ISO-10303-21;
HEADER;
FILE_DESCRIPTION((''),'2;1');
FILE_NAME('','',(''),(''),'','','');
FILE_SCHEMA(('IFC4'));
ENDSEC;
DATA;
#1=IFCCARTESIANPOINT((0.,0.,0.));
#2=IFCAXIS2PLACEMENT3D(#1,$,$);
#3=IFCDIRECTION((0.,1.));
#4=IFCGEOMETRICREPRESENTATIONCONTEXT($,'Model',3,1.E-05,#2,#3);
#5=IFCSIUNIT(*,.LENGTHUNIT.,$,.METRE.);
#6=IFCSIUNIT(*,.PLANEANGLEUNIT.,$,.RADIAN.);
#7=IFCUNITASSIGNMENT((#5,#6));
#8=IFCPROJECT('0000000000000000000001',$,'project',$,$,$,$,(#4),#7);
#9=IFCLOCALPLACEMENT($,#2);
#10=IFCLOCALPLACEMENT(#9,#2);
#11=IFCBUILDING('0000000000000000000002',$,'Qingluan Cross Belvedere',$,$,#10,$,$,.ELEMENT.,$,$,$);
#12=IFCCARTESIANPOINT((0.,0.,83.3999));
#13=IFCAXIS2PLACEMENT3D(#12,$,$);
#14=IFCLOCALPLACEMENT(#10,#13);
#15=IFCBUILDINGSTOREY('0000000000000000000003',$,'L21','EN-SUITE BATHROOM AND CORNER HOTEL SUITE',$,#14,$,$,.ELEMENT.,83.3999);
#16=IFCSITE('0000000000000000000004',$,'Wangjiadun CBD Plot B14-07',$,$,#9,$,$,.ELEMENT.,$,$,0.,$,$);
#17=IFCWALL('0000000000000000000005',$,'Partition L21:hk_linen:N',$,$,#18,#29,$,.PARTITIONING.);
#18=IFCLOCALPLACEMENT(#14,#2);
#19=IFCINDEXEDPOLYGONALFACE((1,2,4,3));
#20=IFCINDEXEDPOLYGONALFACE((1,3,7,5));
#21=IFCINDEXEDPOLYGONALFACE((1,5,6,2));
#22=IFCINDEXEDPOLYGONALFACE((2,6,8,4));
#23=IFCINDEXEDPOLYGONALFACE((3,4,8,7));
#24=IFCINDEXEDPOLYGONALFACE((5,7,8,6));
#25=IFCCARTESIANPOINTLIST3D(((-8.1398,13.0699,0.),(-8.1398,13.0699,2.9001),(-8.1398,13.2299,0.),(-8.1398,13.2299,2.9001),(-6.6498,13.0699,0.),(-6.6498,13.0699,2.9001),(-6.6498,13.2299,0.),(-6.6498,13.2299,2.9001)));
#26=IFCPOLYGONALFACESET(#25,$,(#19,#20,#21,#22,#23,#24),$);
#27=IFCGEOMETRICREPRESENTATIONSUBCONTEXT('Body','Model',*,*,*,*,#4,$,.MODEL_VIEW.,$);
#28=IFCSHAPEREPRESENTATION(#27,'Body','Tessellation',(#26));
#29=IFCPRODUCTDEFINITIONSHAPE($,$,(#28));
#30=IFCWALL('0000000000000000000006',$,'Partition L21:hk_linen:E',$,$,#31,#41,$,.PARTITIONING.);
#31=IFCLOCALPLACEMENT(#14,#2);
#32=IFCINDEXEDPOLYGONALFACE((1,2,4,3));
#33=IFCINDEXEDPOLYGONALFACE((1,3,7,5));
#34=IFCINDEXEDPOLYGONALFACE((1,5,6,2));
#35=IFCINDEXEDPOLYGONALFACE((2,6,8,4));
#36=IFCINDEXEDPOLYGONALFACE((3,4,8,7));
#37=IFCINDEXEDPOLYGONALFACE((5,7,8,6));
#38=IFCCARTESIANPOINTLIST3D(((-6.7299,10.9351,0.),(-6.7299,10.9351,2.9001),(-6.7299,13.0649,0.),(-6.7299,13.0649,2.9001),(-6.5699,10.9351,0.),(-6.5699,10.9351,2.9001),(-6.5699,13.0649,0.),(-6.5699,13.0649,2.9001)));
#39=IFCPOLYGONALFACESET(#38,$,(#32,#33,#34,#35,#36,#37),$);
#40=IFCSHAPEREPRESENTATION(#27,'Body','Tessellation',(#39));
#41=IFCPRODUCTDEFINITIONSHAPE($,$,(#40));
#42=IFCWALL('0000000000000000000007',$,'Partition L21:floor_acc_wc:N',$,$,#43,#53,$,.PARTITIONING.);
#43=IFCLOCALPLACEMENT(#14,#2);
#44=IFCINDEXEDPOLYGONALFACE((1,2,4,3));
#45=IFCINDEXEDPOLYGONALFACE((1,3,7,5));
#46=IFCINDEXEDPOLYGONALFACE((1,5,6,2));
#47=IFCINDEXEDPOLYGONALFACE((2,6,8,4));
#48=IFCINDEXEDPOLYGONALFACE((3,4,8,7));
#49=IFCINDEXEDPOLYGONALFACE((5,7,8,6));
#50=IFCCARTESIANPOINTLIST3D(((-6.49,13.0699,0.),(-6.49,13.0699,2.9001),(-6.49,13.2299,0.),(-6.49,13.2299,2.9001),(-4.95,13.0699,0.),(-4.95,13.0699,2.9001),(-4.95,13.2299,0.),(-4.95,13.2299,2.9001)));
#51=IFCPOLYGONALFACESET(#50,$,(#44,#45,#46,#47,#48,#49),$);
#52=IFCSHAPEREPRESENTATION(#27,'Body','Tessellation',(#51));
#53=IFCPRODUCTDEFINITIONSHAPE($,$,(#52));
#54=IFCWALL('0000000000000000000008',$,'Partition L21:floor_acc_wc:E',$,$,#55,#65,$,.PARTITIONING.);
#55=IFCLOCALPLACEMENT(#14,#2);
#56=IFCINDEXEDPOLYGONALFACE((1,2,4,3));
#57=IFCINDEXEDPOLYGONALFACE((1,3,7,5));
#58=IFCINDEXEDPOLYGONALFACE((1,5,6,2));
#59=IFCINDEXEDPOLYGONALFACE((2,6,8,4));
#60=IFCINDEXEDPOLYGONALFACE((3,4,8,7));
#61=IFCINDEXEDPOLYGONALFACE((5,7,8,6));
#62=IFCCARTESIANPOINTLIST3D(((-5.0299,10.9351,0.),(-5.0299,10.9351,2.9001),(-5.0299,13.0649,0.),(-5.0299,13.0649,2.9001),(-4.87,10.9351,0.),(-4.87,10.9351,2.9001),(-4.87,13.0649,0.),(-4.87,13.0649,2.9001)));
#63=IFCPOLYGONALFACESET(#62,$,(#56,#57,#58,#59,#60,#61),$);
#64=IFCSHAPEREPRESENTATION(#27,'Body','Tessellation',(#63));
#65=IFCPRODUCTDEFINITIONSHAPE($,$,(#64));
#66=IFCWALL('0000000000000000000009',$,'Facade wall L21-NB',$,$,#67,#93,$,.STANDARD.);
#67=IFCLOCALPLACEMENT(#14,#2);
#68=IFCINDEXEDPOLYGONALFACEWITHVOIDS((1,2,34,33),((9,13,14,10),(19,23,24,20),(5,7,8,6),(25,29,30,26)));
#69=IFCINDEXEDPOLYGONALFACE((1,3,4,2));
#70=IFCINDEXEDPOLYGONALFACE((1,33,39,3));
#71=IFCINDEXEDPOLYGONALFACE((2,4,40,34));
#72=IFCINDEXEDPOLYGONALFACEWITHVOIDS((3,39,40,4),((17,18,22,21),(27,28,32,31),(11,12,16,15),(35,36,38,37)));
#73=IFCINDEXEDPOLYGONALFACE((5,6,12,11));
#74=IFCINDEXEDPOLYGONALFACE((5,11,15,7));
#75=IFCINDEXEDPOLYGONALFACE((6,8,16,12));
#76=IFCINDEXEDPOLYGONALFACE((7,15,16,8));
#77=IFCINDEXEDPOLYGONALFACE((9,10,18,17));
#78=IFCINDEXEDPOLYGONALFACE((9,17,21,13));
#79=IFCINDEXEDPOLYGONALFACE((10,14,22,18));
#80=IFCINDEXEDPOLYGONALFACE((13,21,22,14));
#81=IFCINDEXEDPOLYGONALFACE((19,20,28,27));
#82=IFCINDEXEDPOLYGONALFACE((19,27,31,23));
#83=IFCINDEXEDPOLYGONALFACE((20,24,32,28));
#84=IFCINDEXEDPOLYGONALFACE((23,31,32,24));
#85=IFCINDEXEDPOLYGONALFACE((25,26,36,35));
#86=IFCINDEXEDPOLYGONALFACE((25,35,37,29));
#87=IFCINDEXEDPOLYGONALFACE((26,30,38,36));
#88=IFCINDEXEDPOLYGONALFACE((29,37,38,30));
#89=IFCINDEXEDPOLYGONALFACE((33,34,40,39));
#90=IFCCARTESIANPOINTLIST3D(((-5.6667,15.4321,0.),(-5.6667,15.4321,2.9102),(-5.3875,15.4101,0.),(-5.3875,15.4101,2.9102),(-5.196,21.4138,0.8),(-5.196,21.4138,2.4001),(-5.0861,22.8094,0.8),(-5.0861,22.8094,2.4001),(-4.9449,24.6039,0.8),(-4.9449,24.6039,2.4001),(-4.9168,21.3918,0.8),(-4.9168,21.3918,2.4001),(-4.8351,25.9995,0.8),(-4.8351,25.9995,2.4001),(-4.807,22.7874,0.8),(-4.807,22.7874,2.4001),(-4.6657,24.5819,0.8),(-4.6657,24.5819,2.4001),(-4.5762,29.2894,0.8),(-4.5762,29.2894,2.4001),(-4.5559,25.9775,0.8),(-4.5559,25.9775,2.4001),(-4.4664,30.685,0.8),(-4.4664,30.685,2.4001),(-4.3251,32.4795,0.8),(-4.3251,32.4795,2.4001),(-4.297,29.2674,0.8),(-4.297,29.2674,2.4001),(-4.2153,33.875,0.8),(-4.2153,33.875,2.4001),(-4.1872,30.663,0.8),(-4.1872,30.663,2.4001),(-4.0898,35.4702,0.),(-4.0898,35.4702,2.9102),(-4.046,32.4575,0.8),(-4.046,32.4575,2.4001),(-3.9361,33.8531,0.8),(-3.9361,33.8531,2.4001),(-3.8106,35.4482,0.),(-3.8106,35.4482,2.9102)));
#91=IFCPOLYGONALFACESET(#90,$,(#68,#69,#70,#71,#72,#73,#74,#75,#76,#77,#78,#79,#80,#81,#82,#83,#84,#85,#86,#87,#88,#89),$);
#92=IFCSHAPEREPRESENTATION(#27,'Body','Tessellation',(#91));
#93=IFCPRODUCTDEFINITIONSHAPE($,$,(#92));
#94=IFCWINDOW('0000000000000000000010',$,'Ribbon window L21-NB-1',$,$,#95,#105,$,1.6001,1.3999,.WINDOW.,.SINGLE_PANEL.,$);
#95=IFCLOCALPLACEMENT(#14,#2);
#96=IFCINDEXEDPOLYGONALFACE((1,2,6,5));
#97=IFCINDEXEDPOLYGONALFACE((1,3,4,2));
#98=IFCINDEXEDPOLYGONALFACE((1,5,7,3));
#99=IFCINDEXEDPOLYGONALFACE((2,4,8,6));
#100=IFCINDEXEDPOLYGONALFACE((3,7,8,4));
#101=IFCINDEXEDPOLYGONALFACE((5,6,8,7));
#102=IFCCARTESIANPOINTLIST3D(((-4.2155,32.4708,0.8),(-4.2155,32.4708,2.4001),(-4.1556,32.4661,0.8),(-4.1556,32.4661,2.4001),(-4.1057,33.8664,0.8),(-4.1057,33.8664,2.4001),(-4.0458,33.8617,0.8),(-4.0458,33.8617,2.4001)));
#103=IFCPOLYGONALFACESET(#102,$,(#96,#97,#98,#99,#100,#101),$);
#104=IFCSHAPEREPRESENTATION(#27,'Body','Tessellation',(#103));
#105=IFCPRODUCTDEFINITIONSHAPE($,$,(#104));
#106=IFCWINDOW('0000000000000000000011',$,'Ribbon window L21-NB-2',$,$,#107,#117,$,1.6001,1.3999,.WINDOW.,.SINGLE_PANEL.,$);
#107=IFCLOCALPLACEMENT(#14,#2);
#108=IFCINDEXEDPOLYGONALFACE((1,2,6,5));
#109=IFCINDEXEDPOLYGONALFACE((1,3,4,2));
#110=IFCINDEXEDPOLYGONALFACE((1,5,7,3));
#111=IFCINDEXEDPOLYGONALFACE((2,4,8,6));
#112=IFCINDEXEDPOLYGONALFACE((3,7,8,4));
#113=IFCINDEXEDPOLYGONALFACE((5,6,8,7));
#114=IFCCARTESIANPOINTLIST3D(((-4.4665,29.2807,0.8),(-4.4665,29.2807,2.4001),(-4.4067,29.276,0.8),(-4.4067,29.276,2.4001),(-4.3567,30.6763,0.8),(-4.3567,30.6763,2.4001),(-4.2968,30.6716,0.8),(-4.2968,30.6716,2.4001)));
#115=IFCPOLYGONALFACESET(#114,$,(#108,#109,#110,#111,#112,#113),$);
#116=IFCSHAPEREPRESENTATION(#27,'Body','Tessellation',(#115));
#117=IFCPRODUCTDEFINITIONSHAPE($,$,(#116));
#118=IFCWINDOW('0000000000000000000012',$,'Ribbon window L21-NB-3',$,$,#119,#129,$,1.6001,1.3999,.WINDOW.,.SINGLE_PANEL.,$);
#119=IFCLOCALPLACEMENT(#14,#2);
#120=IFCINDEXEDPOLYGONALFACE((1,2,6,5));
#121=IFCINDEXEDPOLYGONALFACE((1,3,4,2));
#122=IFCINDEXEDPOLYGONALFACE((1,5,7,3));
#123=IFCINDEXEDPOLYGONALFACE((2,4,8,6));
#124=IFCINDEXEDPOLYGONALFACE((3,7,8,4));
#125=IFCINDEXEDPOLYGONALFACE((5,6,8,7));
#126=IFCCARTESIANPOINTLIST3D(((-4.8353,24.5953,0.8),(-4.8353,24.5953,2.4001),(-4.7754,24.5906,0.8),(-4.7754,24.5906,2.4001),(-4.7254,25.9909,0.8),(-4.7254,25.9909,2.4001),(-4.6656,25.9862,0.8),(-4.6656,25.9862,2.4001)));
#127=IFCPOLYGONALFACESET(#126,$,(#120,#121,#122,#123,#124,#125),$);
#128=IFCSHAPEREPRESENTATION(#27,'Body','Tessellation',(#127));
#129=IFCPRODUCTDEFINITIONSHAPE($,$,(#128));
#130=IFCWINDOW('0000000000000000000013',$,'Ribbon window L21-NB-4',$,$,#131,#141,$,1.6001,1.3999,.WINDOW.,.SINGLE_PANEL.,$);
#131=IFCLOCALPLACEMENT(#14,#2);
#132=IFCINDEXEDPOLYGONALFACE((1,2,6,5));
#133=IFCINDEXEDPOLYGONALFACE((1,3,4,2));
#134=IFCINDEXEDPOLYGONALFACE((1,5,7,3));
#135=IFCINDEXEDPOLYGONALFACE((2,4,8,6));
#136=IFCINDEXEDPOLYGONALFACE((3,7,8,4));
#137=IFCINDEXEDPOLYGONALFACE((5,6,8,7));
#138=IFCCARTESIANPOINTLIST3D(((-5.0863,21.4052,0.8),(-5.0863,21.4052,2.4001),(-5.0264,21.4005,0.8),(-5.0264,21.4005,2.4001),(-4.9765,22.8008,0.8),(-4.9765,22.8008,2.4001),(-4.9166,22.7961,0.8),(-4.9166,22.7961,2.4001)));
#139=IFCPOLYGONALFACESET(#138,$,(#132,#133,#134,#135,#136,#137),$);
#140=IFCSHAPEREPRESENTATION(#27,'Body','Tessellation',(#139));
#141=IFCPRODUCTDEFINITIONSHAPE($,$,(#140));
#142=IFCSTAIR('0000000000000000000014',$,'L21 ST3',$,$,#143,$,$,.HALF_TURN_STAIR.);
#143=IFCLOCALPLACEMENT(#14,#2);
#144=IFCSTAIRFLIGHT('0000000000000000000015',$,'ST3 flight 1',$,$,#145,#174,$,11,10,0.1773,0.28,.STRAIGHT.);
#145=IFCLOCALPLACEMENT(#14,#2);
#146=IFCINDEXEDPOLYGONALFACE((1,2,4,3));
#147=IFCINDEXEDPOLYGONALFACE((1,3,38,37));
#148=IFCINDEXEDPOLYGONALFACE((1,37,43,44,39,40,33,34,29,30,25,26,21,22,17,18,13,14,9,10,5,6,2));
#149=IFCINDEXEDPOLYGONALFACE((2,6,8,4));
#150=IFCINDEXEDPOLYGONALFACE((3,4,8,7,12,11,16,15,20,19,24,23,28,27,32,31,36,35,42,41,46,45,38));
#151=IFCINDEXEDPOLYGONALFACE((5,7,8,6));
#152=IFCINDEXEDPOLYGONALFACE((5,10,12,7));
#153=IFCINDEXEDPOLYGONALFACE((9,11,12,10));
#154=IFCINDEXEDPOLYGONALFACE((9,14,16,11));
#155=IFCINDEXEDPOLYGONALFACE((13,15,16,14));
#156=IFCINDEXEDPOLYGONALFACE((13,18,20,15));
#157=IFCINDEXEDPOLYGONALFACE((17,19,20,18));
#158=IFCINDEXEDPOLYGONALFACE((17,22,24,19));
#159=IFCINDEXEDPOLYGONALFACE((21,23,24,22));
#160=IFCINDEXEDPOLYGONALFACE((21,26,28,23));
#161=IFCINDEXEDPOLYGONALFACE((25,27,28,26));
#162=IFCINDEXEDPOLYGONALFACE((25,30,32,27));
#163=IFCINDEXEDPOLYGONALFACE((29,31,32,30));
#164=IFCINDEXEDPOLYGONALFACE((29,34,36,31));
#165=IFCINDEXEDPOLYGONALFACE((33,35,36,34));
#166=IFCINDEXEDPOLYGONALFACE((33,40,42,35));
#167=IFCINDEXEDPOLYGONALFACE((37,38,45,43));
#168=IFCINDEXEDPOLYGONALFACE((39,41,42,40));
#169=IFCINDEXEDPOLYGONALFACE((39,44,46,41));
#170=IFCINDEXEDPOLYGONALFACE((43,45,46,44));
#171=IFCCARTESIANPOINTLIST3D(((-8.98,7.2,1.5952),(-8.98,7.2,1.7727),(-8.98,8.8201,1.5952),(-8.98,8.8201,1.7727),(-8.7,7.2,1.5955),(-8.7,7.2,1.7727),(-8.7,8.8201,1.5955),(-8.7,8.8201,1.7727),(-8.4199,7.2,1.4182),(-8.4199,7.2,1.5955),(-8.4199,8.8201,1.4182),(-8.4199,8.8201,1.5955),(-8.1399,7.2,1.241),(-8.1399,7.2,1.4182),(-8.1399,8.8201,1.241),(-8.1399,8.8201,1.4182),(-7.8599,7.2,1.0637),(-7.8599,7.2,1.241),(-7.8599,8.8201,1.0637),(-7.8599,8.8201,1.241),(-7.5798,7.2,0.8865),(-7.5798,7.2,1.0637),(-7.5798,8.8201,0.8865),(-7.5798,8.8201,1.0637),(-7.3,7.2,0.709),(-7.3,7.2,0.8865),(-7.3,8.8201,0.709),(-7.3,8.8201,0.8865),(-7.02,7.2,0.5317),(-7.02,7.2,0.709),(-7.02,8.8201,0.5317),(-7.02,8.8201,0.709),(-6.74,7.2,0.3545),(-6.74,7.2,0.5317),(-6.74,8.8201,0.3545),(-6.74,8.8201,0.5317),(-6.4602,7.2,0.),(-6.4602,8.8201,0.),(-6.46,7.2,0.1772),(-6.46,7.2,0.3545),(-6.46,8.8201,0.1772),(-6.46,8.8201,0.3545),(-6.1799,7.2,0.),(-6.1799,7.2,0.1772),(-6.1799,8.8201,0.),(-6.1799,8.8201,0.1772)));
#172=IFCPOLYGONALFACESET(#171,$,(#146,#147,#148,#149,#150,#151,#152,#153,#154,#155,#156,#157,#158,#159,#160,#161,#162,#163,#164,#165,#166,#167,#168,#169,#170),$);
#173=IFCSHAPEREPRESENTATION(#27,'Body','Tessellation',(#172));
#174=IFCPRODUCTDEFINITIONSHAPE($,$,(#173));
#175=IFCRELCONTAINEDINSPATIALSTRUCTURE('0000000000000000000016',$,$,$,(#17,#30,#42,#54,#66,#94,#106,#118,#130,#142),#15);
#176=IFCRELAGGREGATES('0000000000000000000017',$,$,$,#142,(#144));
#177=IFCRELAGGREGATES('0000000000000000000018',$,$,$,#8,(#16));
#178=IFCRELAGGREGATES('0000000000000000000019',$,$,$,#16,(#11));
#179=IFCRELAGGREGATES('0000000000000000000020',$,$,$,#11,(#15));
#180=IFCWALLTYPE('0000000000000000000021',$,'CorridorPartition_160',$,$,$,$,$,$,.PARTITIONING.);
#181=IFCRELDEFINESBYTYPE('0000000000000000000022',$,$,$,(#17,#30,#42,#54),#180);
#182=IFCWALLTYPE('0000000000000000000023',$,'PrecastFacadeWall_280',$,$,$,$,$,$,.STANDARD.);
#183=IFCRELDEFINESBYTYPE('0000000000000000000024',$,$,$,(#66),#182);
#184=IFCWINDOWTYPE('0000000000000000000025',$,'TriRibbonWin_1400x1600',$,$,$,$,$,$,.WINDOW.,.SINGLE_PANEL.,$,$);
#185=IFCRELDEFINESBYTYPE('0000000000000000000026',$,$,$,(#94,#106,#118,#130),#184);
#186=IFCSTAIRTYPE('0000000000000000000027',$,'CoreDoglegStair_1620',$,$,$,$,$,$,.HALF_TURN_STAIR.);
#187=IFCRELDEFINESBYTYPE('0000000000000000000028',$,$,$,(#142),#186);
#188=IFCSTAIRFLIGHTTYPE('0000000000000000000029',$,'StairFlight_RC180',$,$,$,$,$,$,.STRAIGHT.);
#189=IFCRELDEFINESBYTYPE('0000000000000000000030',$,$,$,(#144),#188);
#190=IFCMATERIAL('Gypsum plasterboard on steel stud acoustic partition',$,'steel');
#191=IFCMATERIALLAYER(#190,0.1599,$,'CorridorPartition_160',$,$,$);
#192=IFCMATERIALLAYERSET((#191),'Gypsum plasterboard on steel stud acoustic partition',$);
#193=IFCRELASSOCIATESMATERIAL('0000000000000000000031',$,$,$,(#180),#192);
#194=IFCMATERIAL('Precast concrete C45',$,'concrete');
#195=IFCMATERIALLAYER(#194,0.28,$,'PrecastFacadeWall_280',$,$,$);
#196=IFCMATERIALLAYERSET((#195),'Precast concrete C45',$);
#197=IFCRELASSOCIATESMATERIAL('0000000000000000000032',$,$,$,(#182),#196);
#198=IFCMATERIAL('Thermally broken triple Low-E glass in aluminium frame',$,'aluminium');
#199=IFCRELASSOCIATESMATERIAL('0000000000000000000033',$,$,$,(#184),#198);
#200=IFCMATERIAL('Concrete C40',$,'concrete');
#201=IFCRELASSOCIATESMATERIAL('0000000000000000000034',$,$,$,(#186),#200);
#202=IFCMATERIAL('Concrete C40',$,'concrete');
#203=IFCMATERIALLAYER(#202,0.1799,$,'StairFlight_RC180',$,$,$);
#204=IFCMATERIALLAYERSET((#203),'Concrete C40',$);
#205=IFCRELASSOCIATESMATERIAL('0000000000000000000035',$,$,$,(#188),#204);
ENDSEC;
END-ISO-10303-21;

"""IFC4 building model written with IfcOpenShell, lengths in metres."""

from ifc_helpers import new_model, si_unit, direction, frame, frame_2d, origin, place, context, subcontext, project, spatial, polyline, rectangle, outline, extrude, material, layer, layer_set, type_object, element, fill, aggregate, save


model = new_model("IFC4")

# Units and contexts
model_context = context("Model", 3, precision=1e-05, world=origin(), true_north=direction((0.0, 1.0)))
body_context = subcontext(model_context, "Body", "Model", "MODEL_VIEW")
ifc_project = project(units=[si_unit("LENGTHUNIT", "METRE"), si_unit("PLANEANGLEUNIT", "RADIAN")], contexts=[model_context])

# Site, building, storey
site_placement = place(None, origin())
site = spatial("IfcSite", under=ifc_project, at=site_placement, Name="Wangjiadun CBD Plot B14-07", CompositionType="ELEMENT", RefElevation=0.0)
building_placement = place(site_placement, origin())
building = spatial("IfcBuilding", under=site, at=building_placement, Name="Qingluan Cross Belvedere", CompositionType="ELEMENT")
storey_placement = place(building_placement, frame((0.0, 0.0, 83.3999)))
storey = spatial("IfcBuildingStorey", under=building, at=storey_placement, Name="L21", Description="EN-SUITE BATHROOM AND CORNER HOTEL SUITE", CompositionType="ELEMENT", Elevation=83.3999)

# Shared definitions
ifc_material_1 = material(Name="Gypsum plasterboard on steel stud acoustic partition", Category="steel")
ifc_layer_1 = layer(ifc_material_1, 0.1599, Name="CorridorPartition_160")
ifc_layer_set_1 = layer_set([ifc_layer_1], Name="Gypsum plasterboard on steel stud acoustic partition")
wall_type_1 = type_object("IfcWallType", Name="CorridorPartition_160", PredefinedType="PARTITIONING", material=ifc_layer_set_1)

# Walls
wall_1_placement = place(storey_placement, frame((-8.1399, 13.1499, 0.0), z_axis=(0.0, 0.0, 1.0), x_axis=(1.0, 0.0, 0.0)))
element("IfcWall", 1, at=wall_1_placement, inside=storey, type_object=wall_type_1, Name="Partition L21:hk_linen:N", PredefinedType="PARTITIONING", context=body_context, shape_type="SweptSolid", body=[
    extrude(rectangle(XDim=1.49, YDim=0.1599, at=frame_2d((0.7451, 0.0))), origin(), (0.0, 0.0, 1.0), 2.9001),
])
wall_2_placement = place(storey_placement, frame((-6.6499, 10.9351, 0.0), z_axis=(0.0, 0.0, 1.0), x_axis=(0.0, 1.0, 0.0)))
element("IfcWall", 2, at=wall_2_placement, inside=storey, type_object=wall_type_1, Name="Partition L21:hk_linen:E", PredefinedType="PARTITIONING", context=body_context, shape_type="SweptSolid", body=[
    extrude(rectangle(XDim=2.1299, YDim=0.1599, at=frame_2d((1.0649, 0.0))), origin(), (0.0, 0.0, 1.0), 2.9001),
])

# Walls
wall_3_placement = place(storey_placement, frame((-6.49, 13.1499, 0.0), z_axis=(0.0, 0.0, 1.0), x_axis=(1.0, 0.0, 0.0)))
element("IfcWall", 3, at=wall_3_placement, inside=storey, type_object=wall_type_1, Name="Partition L21:floor_acc_wc:N", PredefinedType="PARTITIONING", context=body_context, shape_type="SweptSolid", body=[
    extrude(rectangle(XDim=1.54, YDim=0.1599, at=frame_2d((0.77, 0.0))), origin(), (0.0, 0.0, 1.0), 2.9001),
])
wall_4_placement = place(storey_placement, frame((-4.95, 10.9351, 0.0), z_axis=(0.0, 0.0, 1.0), x_axis=(0.0, 1.0, 0.0)))
element("IfcWall", 4, at=wall_4_placement, inside=storey, type_object=wall_type_1, Name="Partition L21:floor_acc_wc:E", PredefinedType="PARTITIONING", context=body_context, shape_type="SweptSolid", body=[
    extrude(rectangle(XDim=2.1299, YDim=0.1599, at=frame_2d((1.0649, 0.0))), origin(), (0.0, 0.0, 1.0), 2.9001),
])

# Wall, openings, windows
ifc_material_2 = material(Name="Precast concrete C45", Category="concrete")
ifc_layer_2 = layer(ifc_material_2, 0.28, Name="PrecastFacadeWall_280")
ifc_layer_set_2 = layer_set([ifc_layer_2], Name="Precast concrete C45")
wall_type_2 = type_object("IfcWallType", Name="PrecastFacadeWall_280", PredefinedType="STANDARD", material=ifc_layer_set_2)
wall_5_placement = place(storey_placement, frame((-3.9502, 35.4592, 0.0), z_axis=(0.0, 0.0, 1.0), x_axis=(-0.078453, -0.996918, 0.0)))
wall_5 = element("IfcWall", 5, at=wall_5_placement, inside=storey, type_object=wall_type_2, Name="Facade wall L21-NB", PredefinedType="STANDARD", context=body_context, shape_type="SweptSolid", body=[
    extrude(rectangle(XDim=20.1001, YDim=0.28, at=frame_2d((10.05, 0.0))), origin(), (0.0, 0.0, 1.0), 2.9102),
])
opening_1_placement = place(wall_5_placement, frame((1.6001, 0.0, 0.8)))
opening_1 = element("IfcOpeningElement", 6, at=opening_1_placement, cuts=wall_5, PredefinedType="OPENING", context=body_context, shape_type="SweptSolid", body=[
    extrude(rectangle(XDim=1.3999, YDim=1.6001, at=frame_2d((0.7, 0.8))), frame((0.0, 0.1499, 0.0), z_axis=(0.0, -1.0, 0.0), x_axis=(1.0, 0.0, 0.0)), (0.0, 0.0, 1.0), 0.3),
])
opening_2_placement = place(wall_5_placement, frame((4.8, 0.0, 0.8)))
opening_2 = element("IfcOpeningElement", 7, at=opening_2_placement, cuts=wall_5, PredefinedType="OPENING", context=body_context, shape_type="SweptSolid", body=[
    extrude(rectangle(XDim=1.3999, YDim=1.6001, at=frame_2d((0.7, 0.8))), frame((0.0, 0.1499, 0.0), z_axis=(0.0, -1.0, 0.0), x_axis=(1.0, 0.0, 0.0)), (0.0, 0.0, 1.0), 0.3),
])
opening_3_placement = place(wall_5_placement, frame((9.5, 0.0, 0.8)))
opening_3 = element("IfcOpeningElement", 8, at=opening_3_placement, cuts=wall_5, PredefinedType="OPENING", context=body_context, shape_type="SweptSolid", body=[
    extrude(rectangle(XDim=1.3999, YDim=1.6001, at=frame_2d((0.7, 0.8))), frame((0.0, 0.1499, 0.0), z_axis=(0.0, -1.0, 0.0), x_axis=(1.0, 0.0, 0.0)), (0.0, 0.0, 1.0), 0.3),
])
opening_4_placement = place(wall_5_placement, frame((12.7, 0.0, 0.8)))
opening_4 = element("IfcOpeningElement", 9, at=opening_4_placement, cuts=wall_5, PredefinedType="OPENING", context=body_context, shape_type="SweptSolid", body=[
    extrude(rectangle(XDim=1.3999, YDim=1.6001, at=frame_2d((0.7, 0.8))), frame((0.0, 0.1499, 0.0), z_axis=(0.0, -1.0, 0.0), x_axis=(1.0, 0.0, 0.0)), (0.0, 0.0, 1.0), 0.3),
])
ifc_material_3 = material(Name="Thermally broken triple Low-E glass in aluminium frame", Category="aluminium")
window_type = type_object("IfcWindowType", Name="TriRibbonWin_1400x1600", PartitioningType="SINGLE_PANEL", PredefinedType="WINDOW", material=ifc_material_3)
window_1_placement = place(opening_1_placement, origin())
window_1 = element("IfcWindow", 10, at=window_1_placement, inside=storey, type_object=window_type, Name="Ribbon window L21-NB-1", OverallHeight=1.6001, OverallWidth=1.3999, PartitioningType="SINGLE_PANEL", PredefinedType="WINDOW", context=body_context, shape_type="SweptSolid", body=[
    extrude(rectangle(XDim=1.3999, YDim=1.6001, at=frame_2d((0.7, 0.8))), frame((0.0, 0.03, 0.0), z_axis=(0.0, -1.0, 0.0), x_axis=(1.0, 0.0, 0.0)), (0.0, 0.0, 1.0), 0.0601),
])
fill(opening_1, window_1)
window_2_placement = place(opening_2_placement, origin())
window_2 = element("IfcWindow", 11, at=window_2_placement, inside=storey, type_object=window_type, Name="Ribbon window L21-NB-2", OverallHeight=1.6001, OverallWidth=1.3999, PartitioningType="SINGLE_PANEL", PredefinedType="WINDOW", context=body_context, shape_type="SweptSolid", body=[
    extrude(rectangle(XDim=1.3999, YDim=1.6001, at=frame_2d((0.7, 0.8))), frame((0.0, 0.03, 0.0), z_axis=(0.0, -1.0, 0.0), x_axis=(1.0, 0.0, 0.0)), (0.0, 0.0, 1.0), 0.0601),
])
fill(opening_2, window_2)
window_3_placement = place(opening_3_placement, origin())
window_3 = element("IfcWindow", 12, at=window_3_placement, inside=storey, type_object=window_type, Name="Ribbon window L21-NB-3", OverallHeight=1.6001, OverallWidth=1.3999, PartitioningType="SINGLE_PANEL", PredefinedType="WINDOW", context=body_context, shape_type="SweptSolid", body=[
    extrude(rectangle(XDim=1.3999, YDim=1.6001, at=frame_2d((0.7, 0.8))), frame((0.0, 0.03, 0.0), z_axis=(0.0, -1.0, 0.0), x_axis=(1.0, 0.0, 0.0)), (0.0, 0.0, 1.0), 0.0601),
])
fill(opening_3, window_3)
window_4_placement = place(opening_4_placement, origin())
window_4 = element("IfcWindow", 13, at=window_4_placement, inside=storey, type_object=window_type, Name="Ribbon window L21-NB-4", OverallHeight=1.6001, OverallWidth=1.3999, PartitioningType="SINGLE_PANEL", PredefinedType="WINDOW", context=body_context, shape_type="SweptSolid", body=[
    extrude(rectangle(XDim=1.3999, YDim=1.6001, at=frame_2d((0.7, 0.8))), frame((0.0, 0.03, 0.0), z_axis=(0.0, -1.0, 0.0), x_axis=(1.0, 0.0, 0.0)), (0.0, 0.0, 1.0), 0.0601),
])
fill(opening_4, window_4)

# Stair, stair flight
ifc_material_4 = material(Name="Concrete C40", Category="concrete")
stair_type = type_object("IfcStairType", Name="CoreDoglegStair_1620", PredefinedType="HALF_TURN_STAIR", material=ifc_material_4)
stair_placement = place(storey_placement, origin())
stair = element("IfcStair", 14, at=stair_placement, inside=storey, type_object=stair_type, Name="L21 ST3", PredefinedType="HALF_TURN_STAIR")
ifc_material_5 = material(Name="Concrete C40", Category="concrete")
ifc_layer_3 = layer(ifc_material_5, 0.1799, Name="StairFlight_RC180")
ifc_layer_set_3 = layer_set([ifc_layer_3], Name="Concrete C40")
stair_flight_type = type_object("IfcStairFlightType", Name="StairFlight_RC180", PredefinedType="STRAIGHT", material=ifc_layer_set_3)
stair_flight_placement = place(storey_placement, frame((-6.1799, 8.01, 0.0), z_axis=(0.0, 0.0, 1.0), x_axis=(-1.0, 0.0, 0.0)))
stair_flight = element("IfcStairFlight", 15, at=stair_flight_placement, type_object=stair_flight_type, Name="ST3 flight 1", NumberOfRisers=11, NumberOfTreads=10, PredefinedType="STRAIGHT", RiserHeight=0.1773, TreadLength=0.28, context=body_context, shape_type="SweptSolid", body=[
    extrude(outline(polyline([(0.0, 0.0), (0.0, 0.1772), (0.28, 0.1772), (0.28, 0.3545), (0.5601, 0.3545), (0.5601, 0.5317), (0.8401, 0.5317), (0.8401, 0.709), (1.1201, 0.709), (1.1201, 0.8865), (1.3999, 0.8865), (1.3999, 1.0637), (1.6799, 1.0637), (1.6799, 1.241), (1.96, 1.241), (1.96, 1.4182), (2.24, 1.4182), (2.24, 1.5955), (2.52, 1.5955), (2.52, 1.7727), (2.8, 1.7727), (2.8, 1.95), (2.8, 1.5952), (0.2803, 0.0), (0.0, 0.0)])), frame((0.0, 0.8101, 0.0), z_axis=(0.0, -1.0, 0.0), x_axis=(1.0, 0.0, 0.0)), (0.0, 0.0, 1.0), 1.6201),
])
aggregate(stair, [stair_flight])

save(model, "model.ifc")
